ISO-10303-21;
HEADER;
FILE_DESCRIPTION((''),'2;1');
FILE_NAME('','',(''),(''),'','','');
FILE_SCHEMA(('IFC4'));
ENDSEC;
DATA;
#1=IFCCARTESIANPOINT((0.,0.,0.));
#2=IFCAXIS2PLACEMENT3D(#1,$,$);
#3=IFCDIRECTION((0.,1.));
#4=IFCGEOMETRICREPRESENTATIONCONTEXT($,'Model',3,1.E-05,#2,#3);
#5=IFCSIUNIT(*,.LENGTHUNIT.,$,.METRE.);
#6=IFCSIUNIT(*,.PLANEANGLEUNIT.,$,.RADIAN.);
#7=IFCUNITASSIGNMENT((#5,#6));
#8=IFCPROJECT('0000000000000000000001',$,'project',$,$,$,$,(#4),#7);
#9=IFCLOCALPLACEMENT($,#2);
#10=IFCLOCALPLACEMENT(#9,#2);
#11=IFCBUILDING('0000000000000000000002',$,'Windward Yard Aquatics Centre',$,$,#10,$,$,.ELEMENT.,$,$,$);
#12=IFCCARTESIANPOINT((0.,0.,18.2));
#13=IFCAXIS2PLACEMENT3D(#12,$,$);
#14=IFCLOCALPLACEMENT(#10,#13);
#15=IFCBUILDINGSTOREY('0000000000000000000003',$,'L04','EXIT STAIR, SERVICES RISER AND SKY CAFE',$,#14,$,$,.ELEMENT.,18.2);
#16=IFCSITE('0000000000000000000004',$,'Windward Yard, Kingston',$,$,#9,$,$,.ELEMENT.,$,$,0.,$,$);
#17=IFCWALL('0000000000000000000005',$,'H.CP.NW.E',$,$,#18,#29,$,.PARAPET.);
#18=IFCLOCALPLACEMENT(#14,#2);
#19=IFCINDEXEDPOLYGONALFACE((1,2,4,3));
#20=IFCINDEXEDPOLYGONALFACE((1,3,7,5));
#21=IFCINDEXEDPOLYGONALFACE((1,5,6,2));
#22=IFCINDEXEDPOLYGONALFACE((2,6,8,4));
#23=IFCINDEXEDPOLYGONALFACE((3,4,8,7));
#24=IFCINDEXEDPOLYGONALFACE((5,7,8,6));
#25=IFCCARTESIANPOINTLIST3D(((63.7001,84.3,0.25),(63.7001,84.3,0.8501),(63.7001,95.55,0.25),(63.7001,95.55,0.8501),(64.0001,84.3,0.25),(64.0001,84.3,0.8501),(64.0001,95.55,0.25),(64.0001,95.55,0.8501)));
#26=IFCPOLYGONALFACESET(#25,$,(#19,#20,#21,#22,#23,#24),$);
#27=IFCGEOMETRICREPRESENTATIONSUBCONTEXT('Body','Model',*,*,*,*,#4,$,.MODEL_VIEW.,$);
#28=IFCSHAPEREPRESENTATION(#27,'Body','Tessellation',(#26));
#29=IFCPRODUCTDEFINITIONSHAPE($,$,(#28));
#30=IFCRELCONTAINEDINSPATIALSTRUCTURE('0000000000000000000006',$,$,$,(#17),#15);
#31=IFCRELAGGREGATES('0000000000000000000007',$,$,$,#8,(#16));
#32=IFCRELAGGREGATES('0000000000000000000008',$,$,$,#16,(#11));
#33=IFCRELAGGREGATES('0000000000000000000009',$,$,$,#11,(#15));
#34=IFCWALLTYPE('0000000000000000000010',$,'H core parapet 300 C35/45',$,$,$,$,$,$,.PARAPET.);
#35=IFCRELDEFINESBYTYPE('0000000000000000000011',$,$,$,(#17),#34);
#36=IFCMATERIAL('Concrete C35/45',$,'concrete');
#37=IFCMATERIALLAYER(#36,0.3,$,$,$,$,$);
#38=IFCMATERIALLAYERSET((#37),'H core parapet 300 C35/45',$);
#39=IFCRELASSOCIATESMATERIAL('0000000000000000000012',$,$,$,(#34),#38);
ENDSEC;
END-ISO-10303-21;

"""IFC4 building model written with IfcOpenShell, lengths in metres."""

from ifc_helpers import new_model, si_unit, direction, frame, frame_2d, origin, place, context, subcontext, project, spatial, rectangle, extrude, material, layer, layer_set, type_object, element, save


model = new_model("IFC4")

# Units and contexts
model_context = context("Model", 3, precision=1e-05, world=origin(), true_north=direction((0.0, 1.0)))
body_context = subcontext(model_context, "Body", "Model", "MODEL_VIEW")
ifc_project = project(units=[si_unit("LENGTHUNIT", "METRE"), si_unit("PLANEANGLEUNIT", "RADIAN")], contexts=[model_context])

# Site, building, storey
site_placement = place(None, origin())
site = spatial("IfcSite", under=ifc_project, at=site_placement, Name="Windward Yard, Kingston", CompositionType="ELEMENT", RefElevation=0.0)
building_placement = place(site_placement, origin())
building = spatial("IfcBuilding", under=site, at=building_placement, Name="Windward Yard Aquatics Centre", CompositionType="ELEMENT")
storey_placement = place(building_placement, frame((0.0, 0.0, 18.2)))
storey = spatial("IfcBuildingStorey", under=building, at=storey_placement, Name="L04", Description="EXIT STAIR, SERVICES RISER AND SKY CAFE", CompositionType="ELEMENT", Elevation=18.2)

# Wall
ifc_material_1 = material(Name="Concrete C35/45", Category="concrete")
ifc_layer_1 = layer(ifc_material_1, 0.3)
ifc_layer_set_1 = layer_set([ifc_layer_1], Name="H core parapet 300 C35/45")
wall_type = type_object("IfcWallType", Name="H core parapet 300 C35/45", PredefinedType="PARAPET", material=ifc_layer_set_1)
wall_1_placement = place(storey_placement, frame((63.8501, 95.55, 0.25), z_axis=(0.0, 0.0, 1.0), x_axis=(0.0, -1.0, 0.0)))
element("IfcWall", 1, at=wall_1_placement, inside=storey, type_object=wall_type, Name="H.CP.NW.E", PredefinedType="PARAPET", context=body_context, shape_type="SweptSolid", body=[
    extrude(rectangle(XDim=11.25, YDim=0.3, at=frame_2d((5.625, 0.0))), origin(), (0.0, 0.0, 1.0), 0.6001),
])

save(model, "model.ifc")
